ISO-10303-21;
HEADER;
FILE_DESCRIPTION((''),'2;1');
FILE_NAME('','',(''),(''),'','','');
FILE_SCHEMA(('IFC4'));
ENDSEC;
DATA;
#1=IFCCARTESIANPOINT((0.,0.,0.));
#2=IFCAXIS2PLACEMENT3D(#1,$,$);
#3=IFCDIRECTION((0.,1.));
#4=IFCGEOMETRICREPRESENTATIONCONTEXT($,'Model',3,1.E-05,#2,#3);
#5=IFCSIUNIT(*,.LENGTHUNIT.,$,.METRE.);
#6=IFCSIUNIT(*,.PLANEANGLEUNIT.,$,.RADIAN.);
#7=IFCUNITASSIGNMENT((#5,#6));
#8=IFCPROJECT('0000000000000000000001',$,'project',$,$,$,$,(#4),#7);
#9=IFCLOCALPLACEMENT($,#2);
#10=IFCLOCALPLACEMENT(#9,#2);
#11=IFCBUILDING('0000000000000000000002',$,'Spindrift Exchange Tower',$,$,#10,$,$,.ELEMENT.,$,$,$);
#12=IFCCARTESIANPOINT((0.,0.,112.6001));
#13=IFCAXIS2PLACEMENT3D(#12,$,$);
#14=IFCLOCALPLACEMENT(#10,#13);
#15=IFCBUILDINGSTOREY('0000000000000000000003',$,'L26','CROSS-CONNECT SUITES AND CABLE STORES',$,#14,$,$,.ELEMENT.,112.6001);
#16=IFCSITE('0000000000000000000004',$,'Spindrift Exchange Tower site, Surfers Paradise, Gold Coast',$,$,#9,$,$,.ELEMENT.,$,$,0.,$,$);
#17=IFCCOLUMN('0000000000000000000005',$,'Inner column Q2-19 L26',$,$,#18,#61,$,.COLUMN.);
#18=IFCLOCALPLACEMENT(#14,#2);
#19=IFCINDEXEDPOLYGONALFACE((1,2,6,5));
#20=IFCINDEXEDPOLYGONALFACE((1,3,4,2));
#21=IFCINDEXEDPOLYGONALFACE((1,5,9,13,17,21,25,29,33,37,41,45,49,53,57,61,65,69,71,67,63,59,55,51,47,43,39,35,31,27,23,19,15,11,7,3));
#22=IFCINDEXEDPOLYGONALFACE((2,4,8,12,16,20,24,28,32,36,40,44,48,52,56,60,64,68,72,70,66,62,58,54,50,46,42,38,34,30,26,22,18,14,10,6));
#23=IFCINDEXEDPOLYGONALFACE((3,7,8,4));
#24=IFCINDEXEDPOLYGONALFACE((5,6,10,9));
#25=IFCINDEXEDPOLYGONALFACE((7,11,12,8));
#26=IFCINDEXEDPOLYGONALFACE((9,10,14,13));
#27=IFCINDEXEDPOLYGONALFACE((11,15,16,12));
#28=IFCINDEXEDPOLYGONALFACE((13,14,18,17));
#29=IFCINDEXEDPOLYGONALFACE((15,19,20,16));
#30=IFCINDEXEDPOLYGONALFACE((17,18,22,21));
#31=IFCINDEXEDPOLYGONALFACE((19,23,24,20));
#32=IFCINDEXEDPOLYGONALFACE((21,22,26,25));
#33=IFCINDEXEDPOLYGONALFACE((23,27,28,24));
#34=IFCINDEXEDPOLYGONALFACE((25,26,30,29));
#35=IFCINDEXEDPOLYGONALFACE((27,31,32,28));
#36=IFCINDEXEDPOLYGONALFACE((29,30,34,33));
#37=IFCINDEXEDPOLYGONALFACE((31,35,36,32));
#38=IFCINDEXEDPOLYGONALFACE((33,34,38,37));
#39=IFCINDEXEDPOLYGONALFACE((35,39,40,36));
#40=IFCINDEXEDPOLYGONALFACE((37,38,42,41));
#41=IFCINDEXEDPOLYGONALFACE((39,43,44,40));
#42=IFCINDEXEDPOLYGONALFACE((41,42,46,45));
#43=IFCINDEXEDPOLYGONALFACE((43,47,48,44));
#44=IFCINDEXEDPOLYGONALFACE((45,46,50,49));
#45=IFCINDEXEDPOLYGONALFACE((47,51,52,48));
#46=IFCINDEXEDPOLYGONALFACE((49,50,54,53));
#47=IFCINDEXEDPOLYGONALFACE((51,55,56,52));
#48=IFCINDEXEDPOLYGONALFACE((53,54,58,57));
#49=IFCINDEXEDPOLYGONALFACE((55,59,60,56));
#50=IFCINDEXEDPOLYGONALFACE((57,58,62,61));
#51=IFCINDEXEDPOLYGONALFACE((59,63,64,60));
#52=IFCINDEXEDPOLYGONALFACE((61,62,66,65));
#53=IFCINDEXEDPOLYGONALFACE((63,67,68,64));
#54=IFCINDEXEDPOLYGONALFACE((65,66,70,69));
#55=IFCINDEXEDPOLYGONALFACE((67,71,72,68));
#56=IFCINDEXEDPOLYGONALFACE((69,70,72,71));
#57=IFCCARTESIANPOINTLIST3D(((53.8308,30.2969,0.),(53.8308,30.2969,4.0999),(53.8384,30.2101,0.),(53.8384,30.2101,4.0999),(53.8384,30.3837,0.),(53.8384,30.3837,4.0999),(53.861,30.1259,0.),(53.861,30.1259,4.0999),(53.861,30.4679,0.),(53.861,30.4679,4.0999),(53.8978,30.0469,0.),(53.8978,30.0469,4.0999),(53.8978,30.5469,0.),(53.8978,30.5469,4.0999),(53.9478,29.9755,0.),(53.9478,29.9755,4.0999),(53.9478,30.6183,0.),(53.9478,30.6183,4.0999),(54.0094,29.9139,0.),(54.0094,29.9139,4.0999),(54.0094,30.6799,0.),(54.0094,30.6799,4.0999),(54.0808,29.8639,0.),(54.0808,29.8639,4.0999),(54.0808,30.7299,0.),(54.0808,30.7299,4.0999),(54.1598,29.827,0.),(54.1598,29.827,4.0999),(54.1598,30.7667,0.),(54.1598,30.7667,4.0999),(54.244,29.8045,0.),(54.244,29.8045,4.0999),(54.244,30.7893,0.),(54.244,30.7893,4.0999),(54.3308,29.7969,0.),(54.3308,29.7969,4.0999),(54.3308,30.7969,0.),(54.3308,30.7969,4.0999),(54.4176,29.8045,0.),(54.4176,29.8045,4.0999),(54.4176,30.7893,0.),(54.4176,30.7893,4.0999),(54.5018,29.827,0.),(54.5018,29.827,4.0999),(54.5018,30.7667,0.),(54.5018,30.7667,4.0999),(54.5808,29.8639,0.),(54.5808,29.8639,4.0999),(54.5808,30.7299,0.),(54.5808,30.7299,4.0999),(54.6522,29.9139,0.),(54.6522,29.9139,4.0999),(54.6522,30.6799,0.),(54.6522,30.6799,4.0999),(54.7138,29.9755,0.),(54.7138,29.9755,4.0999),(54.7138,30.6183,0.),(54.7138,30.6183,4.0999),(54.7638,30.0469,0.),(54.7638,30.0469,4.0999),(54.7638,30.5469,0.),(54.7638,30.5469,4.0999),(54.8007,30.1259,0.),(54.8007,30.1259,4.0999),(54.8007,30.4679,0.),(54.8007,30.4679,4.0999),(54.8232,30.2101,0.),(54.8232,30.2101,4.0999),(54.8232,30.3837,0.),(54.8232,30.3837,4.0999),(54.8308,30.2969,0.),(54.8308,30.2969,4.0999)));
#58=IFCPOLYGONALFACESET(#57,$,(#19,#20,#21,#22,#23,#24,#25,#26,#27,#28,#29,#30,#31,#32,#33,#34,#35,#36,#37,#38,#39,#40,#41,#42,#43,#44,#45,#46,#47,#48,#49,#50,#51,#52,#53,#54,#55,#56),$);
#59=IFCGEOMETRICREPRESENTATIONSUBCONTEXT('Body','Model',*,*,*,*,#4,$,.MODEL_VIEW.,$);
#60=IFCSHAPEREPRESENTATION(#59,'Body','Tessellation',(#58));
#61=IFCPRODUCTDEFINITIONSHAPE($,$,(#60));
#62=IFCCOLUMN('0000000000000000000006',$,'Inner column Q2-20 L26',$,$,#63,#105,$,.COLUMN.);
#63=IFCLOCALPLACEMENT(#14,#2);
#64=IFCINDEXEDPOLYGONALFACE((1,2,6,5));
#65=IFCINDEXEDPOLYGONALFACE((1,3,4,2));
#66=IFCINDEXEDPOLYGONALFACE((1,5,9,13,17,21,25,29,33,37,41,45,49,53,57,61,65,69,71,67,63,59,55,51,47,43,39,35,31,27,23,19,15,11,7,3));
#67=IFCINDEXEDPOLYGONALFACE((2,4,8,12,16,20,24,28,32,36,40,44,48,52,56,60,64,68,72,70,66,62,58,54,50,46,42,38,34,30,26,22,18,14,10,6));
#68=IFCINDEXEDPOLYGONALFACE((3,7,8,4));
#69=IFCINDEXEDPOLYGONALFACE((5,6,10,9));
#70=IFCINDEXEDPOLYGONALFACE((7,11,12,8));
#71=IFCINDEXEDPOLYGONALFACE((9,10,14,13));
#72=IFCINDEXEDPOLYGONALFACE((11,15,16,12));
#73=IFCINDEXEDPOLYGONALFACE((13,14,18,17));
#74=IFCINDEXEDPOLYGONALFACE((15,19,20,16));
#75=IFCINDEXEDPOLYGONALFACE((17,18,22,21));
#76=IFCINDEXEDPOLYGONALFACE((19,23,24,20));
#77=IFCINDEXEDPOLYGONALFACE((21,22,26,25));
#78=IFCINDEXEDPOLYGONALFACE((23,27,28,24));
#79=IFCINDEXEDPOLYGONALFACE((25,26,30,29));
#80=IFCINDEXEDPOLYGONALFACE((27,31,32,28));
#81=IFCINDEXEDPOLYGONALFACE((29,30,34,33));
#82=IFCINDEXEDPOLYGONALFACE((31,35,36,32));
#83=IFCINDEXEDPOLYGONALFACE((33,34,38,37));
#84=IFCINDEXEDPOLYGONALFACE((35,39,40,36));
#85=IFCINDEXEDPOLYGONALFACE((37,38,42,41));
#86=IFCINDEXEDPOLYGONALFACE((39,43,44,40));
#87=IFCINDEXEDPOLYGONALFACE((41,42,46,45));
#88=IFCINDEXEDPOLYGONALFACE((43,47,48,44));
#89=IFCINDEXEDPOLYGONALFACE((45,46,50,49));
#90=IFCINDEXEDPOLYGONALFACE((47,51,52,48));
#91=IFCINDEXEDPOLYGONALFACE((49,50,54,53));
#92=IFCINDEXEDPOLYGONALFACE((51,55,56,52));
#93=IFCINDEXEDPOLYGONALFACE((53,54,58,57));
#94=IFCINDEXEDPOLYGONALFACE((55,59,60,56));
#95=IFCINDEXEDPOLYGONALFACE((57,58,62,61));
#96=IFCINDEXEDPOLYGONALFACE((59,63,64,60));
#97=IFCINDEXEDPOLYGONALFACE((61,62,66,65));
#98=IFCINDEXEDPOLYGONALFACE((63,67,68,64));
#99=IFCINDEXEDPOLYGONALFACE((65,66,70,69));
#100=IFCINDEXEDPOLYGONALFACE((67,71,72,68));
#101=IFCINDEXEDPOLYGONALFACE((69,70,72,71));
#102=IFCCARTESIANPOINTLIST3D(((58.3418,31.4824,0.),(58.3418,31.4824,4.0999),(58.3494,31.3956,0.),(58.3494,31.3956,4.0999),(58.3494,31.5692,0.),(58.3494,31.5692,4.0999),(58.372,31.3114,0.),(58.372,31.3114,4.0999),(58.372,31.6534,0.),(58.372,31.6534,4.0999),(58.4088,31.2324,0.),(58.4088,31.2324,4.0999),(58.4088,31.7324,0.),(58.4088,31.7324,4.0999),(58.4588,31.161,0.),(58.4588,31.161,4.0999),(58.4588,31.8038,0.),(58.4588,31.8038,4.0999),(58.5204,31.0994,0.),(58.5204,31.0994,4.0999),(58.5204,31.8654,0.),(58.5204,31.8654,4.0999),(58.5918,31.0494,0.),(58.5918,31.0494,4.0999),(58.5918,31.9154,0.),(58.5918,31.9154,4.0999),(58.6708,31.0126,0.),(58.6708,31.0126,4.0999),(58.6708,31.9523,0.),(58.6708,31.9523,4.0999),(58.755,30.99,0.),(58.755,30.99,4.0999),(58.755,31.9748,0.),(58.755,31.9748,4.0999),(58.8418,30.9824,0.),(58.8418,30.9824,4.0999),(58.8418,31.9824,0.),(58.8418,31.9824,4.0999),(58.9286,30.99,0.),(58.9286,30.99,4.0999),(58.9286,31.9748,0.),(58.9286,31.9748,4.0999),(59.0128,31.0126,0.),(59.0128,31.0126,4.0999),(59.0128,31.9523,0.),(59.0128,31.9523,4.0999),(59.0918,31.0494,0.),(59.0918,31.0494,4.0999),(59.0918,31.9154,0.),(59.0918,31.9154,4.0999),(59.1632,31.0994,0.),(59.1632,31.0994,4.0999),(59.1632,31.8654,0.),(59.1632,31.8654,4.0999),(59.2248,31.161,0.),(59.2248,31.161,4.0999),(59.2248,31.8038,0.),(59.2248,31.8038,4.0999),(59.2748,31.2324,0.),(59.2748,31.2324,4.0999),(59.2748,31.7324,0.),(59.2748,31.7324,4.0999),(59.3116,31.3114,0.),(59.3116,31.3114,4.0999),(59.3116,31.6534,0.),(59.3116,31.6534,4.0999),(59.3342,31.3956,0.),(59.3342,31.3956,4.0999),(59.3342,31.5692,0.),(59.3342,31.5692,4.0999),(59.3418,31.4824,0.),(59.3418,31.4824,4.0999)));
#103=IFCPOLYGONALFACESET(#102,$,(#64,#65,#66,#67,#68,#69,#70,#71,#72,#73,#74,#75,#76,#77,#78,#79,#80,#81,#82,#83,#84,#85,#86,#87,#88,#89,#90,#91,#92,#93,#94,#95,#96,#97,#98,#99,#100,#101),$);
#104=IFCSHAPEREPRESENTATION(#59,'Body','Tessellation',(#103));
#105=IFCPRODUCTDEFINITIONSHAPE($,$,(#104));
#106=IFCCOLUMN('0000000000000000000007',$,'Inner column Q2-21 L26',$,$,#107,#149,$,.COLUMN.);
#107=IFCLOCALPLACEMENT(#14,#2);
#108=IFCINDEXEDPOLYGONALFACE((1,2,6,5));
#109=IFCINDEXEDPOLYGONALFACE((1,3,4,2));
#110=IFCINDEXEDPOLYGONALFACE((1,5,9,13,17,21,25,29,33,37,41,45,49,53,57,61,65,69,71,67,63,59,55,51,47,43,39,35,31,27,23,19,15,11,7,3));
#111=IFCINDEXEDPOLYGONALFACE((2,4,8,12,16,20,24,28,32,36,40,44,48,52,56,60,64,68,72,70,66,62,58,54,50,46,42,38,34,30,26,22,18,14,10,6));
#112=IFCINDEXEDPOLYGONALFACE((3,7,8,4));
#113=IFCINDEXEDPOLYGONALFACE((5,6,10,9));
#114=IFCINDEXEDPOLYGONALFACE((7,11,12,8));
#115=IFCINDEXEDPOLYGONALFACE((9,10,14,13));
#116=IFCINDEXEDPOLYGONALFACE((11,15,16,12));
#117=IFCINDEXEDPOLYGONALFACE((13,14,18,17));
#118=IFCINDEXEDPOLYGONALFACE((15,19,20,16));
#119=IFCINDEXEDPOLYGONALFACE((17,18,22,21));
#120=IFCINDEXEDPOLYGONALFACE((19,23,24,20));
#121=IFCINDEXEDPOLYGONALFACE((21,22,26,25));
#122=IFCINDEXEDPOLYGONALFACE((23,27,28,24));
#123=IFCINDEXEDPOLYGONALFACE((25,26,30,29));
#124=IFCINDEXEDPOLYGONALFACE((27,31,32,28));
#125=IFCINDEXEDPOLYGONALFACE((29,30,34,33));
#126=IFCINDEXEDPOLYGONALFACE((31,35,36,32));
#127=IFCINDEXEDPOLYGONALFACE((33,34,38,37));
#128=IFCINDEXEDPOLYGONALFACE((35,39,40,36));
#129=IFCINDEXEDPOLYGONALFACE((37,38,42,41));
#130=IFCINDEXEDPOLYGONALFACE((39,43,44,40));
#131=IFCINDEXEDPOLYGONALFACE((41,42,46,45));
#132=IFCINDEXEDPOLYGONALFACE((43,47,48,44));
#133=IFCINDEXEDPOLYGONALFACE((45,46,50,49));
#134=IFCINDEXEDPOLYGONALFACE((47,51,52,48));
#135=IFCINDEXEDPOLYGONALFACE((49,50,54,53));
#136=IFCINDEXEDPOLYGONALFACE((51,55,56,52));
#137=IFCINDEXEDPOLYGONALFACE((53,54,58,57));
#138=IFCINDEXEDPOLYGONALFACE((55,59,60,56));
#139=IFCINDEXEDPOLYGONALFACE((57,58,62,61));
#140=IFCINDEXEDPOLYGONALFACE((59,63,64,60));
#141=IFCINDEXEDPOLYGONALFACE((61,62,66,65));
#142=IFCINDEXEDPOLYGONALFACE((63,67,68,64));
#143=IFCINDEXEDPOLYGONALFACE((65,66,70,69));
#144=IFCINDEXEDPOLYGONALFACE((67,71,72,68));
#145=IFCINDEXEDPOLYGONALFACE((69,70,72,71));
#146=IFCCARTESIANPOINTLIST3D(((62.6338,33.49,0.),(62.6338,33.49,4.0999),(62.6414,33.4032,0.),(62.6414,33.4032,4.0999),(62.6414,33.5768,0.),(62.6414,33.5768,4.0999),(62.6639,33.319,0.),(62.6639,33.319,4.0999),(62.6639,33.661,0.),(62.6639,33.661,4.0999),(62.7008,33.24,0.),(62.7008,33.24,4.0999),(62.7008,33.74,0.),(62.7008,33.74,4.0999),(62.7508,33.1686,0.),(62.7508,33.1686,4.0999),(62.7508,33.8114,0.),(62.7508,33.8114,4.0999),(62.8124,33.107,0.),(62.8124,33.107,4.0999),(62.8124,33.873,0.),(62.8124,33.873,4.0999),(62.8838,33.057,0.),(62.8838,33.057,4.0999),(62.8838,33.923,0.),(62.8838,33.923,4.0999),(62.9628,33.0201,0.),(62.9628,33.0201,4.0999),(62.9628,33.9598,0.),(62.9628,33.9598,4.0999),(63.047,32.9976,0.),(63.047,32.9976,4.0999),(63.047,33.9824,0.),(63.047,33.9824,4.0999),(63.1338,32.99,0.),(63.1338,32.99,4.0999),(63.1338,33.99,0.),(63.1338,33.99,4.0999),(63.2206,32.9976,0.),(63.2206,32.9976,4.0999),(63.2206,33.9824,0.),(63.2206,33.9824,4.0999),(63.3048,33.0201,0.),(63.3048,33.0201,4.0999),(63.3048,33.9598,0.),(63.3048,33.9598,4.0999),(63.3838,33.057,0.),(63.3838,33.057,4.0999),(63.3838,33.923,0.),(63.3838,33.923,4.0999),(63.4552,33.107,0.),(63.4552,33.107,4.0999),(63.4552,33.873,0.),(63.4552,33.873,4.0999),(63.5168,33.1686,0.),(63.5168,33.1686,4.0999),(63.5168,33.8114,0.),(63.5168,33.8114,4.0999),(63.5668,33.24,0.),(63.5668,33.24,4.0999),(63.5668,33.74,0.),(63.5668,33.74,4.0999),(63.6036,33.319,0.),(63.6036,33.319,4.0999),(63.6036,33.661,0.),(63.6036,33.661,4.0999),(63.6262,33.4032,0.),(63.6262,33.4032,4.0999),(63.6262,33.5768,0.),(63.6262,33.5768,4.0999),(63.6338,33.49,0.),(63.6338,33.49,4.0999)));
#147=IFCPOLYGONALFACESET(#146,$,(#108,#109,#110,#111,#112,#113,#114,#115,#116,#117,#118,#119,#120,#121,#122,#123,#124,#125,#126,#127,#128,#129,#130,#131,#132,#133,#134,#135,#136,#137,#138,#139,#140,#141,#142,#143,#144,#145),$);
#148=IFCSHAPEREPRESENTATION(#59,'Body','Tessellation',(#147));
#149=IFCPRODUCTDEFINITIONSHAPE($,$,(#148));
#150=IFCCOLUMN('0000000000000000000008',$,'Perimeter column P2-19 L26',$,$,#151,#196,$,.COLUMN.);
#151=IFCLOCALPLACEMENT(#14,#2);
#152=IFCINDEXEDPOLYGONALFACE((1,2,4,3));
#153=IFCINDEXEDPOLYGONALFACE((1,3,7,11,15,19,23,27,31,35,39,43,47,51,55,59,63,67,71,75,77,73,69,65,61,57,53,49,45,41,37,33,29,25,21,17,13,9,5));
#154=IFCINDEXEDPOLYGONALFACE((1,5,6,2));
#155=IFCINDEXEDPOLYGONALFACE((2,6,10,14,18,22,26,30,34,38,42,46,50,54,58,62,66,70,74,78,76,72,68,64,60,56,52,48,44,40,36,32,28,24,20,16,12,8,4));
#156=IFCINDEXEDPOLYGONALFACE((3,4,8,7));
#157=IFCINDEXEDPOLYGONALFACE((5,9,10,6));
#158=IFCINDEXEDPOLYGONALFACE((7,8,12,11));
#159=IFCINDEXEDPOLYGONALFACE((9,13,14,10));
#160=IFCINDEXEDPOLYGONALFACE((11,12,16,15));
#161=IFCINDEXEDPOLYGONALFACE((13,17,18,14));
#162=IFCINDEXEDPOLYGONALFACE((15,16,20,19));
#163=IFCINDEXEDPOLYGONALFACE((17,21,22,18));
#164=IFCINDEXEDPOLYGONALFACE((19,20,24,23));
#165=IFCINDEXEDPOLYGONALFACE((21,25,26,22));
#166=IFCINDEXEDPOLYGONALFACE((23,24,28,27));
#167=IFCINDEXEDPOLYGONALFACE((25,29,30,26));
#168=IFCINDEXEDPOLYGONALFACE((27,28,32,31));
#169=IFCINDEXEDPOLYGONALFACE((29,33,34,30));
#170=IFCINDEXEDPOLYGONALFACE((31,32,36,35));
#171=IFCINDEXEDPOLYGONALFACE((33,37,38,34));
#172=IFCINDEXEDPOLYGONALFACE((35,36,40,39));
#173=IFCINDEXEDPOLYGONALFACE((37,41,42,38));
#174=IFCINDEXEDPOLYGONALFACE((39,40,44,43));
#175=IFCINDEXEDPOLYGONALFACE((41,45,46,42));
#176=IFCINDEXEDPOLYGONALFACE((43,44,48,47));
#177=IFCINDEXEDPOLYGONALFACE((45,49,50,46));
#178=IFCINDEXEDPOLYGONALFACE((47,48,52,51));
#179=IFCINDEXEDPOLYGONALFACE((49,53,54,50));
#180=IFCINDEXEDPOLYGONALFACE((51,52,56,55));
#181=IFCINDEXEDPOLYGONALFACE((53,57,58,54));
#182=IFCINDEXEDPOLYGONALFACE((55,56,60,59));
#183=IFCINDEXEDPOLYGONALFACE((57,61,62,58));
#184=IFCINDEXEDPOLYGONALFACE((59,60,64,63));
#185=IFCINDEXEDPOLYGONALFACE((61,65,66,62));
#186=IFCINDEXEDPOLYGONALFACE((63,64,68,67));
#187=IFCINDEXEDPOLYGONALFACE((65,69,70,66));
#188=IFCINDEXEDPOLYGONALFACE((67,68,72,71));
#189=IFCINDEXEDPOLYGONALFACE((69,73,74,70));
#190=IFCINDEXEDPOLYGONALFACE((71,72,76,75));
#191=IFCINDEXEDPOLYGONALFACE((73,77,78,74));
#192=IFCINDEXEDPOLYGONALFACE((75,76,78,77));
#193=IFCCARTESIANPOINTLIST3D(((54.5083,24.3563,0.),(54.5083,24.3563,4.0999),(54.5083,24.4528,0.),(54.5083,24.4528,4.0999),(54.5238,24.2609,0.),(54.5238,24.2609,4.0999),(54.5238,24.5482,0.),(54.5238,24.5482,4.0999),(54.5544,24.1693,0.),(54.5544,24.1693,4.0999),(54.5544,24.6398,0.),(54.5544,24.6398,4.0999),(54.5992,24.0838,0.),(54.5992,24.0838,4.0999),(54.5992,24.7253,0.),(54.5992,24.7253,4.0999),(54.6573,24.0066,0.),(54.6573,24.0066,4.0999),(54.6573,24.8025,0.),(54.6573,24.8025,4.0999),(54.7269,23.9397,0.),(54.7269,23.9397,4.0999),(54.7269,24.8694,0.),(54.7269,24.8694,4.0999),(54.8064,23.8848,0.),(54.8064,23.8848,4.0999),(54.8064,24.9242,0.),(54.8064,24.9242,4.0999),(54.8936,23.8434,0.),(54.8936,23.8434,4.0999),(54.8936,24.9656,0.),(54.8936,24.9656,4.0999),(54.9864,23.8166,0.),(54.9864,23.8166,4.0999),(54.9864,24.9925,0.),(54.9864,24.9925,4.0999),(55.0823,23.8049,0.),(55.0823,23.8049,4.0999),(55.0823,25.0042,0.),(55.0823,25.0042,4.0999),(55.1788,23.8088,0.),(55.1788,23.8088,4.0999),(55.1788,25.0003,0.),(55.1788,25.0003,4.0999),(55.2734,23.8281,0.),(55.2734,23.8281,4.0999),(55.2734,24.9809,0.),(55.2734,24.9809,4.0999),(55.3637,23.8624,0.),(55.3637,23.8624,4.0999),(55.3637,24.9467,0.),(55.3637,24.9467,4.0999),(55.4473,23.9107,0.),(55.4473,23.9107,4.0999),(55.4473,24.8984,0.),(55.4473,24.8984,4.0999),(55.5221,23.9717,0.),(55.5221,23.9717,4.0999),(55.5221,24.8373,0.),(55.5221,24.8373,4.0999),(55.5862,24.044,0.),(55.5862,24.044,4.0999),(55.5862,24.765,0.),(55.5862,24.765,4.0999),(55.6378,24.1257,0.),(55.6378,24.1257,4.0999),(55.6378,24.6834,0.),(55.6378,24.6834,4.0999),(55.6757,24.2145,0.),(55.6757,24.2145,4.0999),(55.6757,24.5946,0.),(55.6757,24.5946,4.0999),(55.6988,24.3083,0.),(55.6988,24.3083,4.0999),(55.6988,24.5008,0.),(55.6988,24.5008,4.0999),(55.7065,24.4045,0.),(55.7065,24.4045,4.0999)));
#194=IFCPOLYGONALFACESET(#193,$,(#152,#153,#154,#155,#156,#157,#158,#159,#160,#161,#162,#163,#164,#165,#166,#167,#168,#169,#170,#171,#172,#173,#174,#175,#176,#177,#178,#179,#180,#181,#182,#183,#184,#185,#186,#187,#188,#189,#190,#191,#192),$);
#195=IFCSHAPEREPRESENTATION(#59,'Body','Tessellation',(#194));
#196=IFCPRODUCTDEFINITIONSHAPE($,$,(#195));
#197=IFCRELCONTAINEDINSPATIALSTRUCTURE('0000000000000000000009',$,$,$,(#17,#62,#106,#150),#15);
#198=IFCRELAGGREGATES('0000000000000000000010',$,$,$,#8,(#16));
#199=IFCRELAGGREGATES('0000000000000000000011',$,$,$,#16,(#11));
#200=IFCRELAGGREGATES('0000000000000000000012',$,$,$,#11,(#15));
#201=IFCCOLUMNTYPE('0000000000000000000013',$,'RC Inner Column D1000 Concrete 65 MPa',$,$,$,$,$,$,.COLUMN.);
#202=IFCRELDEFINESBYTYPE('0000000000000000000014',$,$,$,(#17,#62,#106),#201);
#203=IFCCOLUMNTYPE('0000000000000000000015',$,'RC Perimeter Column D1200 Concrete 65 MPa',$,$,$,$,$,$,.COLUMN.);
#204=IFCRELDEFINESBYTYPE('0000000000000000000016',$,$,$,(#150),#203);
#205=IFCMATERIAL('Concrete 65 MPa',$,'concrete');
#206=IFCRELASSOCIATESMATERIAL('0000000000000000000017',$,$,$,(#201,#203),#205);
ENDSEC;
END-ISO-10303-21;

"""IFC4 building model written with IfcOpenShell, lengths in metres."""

from ifc_helpers import new_model, si_unit, direction, frame, origin, origin_2d, place, context, subcontext, project, spatial, circle, extrude, source, transform, mapped, material, material_profile, profile_set, type_object, element, save


model = new_model("IFC4")

# Units and contexts
model_context = context("Model", 3, precision=1e-05, world=origin(), true_north=direction((0.0, 1.0)))
body_context = subcontext(model_context, "Body", "Model", "MODEL_VIEW")
ifc_project = project(units=[si_unit("LENGTHUNIT", "METRE"), si_unit("PLANEANGLEUNIT", "RADIAN")], contexts=[model_context])

# Site, building, storey
site_placement = place(None, origin())
site = spatial("IfcSite", under=ifc_project, at=site_placement, Name="Spindrift Exchange Tower site, Surfers Paradise, Gold Coast", CompositionType="ELEMENT", RefElevation=0.0)
building_placement = place(site_placement, origin())
building = spatial("IfcBuilding", under=site, at=building_placement, Name="Spindrift Exchange Tower", CompositionType="ELEMENT")
storey_placement = place(building_placement, frame((0.0, 0.0, 112.6001)))
storey = spatial("IfcBuildingStorey", under=building, at=storey_placement, Name="L26", Description="CROSS-CONNECT SUITES AND CABLE STORES", CompositionType="ELEMENT", Elevation=112.6001)

# Columns
ifc_material_1 = material(Name="Concrete 65 MPa", Category="concrete")
ifc_material_profile_1 = material_profile(ifc_material_1, circle(Radius=0.5, at=origin_2d()), Name="RC D1000")
ifc_profile_set_1 = profile_set([ifc_material_profile_1], Name="Concrete 65 MPa")
column_type_1 = type_object("IfcColumnType", Name="RC Inner Column D1000 Concrete 65 MPa", PredefinedType="COLUMN", material=ifc_profile_set_1)
shared_shape_1 = source(origin(), body_context, "Body", "SweptSolid", [
    extrude(circle(Radius=0.5, at=origin_2d()), origin(), (0.0, 0.0, 1.0), 4.0999),
])
for number, where, z_axis, x_axis, name in (
    (1, (54.3308, 30.2969, 0.0), (0.0, 0.0, 1.0), (1.0, 0.0, 0.0), "Inner column Q2-19 L26"),
    (2, (58.8418, 31.4824, 0.0), (0.0, 0.0, 1.0), (1.0, 0.0, 0.0), "Inner column Q2-20 L26"),
    (3, (63.1338, 33.49, 0.0), (0.0, 0.0, 1.0), (1.0, 0.0, 0.0), "Inner column Q2-21 L26"),
):
    element("IfcColumn", number, at=place(storey_placement, frame(where, z_axis=z_axis, x_axis=x_axis)), inside=storey, type_object=column_type_1, Name=name, PredefinedType="COLUMN", context=body_context, shape_type="MappedRepresentation", body=[
        mapped(shared_shape_1, transform((0.0, 0.0, 0.0), scale=1.0)),
    ])
ifc_material_profile_2 = material_profile(ifc_material_1, circle(Radius=0.6001, at=origin_2d()), Name="RC D1200")
ifc_profile_set_2 = profile_set([ifc_material_profile_2], Name="Concrete 65 MPa")
column_type_2 = type_object("IfcColumnType", Name="RC Perimeter Column D1200 Concrete 65 MPa", PredefinedType="COLUMN", material=ifc_profile_set_2)
shared_shape_2 = source(origin(), body_context, "Body", "SweptSolid", [
    extrude(circle(Radius=0.6001, at=origin_2d()), origin(), (0.0, 0.0, 1.0), 4.0999),
])
for number, where, z_axis, x_axis, name in (
    (4, (55.1064, 24.4045, 0.0), (0.0, 0.0, 1.0), (1.0, 0.0, 0.0), "Perimeter column P2-19 L26"),
):
    element("IfcColumn", number, at=place(storey_placement, frame(where, z_axis=z_axis, x_axis=x_axis)), inside=storey, type_object=column_type_2, Name=name, PredefinedType="COLUMN", context=body_context, shape_type="MappedRepresentation", body=[
        mapped(shared_shape_2, transform((0.0, 0.0, 0.0), scale=1.0)),
    ])

save(model, "model.ifc")
